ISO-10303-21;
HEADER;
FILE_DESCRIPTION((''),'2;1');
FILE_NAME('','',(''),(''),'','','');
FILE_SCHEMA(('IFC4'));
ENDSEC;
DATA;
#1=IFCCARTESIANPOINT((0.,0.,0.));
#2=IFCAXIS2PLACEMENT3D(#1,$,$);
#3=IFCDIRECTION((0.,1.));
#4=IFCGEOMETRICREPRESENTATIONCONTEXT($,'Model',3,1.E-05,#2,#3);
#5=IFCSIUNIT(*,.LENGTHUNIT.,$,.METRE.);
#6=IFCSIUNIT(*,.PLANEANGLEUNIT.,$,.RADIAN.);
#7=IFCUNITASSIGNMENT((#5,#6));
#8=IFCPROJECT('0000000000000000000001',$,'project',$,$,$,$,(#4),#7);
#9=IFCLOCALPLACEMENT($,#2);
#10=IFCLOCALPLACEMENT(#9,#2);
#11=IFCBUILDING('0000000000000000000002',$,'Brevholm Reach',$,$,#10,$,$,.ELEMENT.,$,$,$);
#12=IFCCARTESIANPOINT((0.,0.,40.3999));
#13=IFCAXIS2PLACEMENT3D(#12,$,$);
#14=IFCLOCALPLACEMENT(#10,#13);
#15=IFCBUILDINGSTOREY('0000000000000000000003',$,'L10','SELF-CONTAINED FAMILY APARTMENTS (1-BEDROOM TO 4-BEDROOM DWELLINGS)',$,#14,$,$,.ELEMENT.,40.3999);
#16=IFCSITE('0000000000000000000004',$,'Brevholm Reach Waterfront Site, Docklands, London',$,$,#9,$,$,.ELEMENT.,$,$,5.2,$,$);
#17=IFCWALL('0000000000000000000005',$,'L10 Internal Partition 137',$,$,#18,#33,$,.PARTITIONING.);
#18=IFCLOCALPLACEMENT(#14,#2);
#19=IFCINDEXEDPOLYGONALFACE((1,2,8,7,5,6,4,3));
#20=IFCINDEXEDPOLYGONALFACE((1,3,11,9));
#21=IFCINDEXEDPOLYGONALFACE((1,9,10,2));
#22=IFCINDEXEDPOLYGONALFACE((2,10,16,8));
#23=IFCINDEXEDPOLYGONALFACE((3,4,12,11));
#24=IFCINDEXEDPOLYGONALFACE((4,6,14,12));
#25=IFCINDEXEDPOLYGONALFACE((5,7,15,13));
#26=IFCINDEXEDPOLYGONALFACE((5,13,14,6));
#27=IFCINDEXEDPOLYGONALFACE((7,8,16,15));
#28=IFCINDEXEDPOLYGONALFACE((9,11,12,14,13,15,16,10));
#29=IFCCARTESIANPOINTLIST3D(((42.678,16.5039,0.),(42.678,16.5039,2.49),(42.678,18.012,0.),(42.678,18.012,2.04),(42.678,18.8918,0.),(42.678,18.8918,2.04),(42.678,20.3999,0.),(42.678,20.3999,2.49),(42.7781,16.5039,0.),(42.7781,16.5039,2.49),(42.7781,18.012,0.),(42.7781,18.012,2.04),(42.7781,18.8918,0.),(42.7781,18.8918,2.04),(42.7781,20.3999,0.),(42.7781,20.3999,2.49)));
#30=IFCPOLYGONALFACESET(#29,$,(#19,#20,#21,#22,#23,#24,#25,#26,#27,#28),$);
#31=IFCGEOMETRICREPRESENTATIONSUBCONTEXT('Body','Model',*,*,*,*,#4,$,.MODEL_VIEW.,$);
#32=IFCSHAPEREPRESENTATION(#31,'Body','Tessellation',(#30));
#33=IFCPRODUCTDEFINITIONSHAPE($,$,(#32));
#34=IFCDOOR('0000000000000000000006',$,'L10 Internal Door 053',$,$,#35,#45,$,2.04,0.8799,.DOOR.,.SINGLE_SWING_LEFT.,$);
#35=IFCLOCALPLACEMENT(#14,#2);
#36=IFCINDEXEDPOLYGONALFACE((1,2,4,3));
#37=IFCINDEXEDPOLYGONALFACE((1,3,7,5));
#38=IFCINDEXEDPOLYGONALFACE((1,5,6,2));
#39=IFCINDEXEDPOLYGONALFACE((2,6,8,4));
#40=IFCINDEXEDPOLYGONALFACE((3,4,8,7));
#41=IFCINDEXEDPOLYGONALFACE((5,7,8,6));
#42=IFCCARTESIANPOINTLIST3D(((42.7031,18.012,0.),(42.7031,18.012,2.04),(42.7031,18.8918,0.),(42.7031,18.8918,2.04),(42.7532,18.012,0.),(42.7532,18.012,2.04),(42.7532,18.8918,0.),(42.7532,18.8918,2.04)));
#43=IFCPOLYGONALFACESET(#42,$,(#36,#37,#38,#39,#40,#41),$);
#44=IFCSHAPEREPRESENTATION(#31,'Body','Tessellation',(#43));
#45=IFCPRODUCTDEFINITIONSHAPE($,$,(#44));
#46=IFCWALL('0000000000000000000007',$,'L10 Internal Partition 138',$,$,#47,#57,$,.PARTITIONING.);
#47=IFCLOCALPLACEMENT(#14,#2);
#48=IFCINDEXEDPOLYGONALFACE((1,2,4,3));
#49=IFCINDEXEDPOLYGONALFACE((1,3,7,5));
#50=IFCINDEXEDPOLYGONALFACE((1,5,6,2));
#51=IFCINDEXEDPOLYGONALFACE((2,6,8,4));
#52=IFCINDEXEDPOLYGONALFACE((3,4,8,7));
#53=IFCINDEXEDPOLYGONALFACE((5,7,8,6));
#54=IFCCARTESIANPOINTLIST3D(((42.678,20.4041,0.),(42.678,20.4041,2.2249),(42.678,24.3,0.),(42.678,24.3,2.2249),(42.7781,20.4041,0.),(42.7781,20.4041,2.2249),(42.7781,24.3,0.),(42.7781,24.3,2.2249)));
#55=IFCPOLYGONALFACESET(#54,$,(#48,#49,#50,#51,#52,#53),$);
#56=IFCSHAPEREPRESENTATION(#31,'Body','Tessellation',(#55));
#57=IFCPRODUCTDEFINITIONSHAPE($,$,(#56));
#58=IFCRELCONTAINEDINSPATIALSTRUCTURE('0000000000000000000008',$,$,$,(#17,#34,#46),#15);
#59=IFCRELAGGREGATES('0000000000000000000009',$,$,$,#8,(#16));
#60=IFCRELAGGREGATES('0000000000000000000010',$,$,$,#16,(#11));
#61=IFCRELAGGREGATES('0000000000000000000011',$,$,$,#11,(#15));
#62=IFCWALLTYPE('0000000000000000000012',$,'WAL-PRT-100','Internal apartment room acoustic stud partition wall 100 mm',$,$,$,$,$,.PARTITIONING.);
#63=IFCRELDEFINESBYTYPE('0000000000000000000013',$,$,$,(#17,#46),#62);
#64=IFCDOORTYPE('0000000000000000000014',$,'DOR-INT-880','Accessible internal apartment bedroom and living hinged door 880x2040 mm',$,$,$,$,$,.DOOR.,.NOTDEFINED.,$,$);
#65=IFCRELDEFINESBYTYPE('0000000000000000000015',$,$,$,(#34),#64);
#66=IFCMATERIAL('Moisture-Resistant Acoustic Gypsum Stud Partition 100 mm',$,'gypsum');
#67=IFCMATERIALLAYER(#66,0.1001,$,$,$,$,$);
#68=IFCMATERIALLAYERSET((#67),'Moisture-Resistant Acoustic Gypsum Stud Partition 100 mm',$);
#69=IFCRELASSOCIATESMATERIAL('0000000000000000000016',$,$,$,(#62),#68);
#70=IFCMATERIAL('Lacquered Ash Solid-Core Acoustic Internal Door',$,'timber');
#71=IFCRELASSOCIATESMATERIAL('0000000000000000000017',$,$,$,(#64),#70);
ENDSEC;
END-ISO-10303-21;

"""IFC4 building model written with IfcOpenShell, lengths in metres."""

from ifc_helpers import new_model, si_unit, direction, frame, frame_2d, origin, place, context, subcontext, project, spatial, rectangle, extrude, material, layer, layer_set, type_object, element, fill, save


model = new_model("IFC4")

# Units and contexts
model_context = context("Model", 3, precision=1e-05, world=origin(), true_north=direction((0.0, 1.0)))
body_context = subcontext(model_context, "Body", "Model", "MODEL_VIEW")
ifc_project = project(units=[si_unit("LENGTHUNIT", "METRE"), si_unit("PLANEANGLEUNIT", "RADIAN")], contexts=[model_context])

# Site, building, storey
site_placement = place(None, origin())
site = spatial("IfcSite", under=ifc_project, at=site_placement, Name="Brevholm Reach Waterfront Site, Docklands, London", CompositionType="ELEMENT", RefElevation=5.2)
building_placement = place(site_placement, origin())
building = spatial("IfcBuilding", under=site, at=building_placement, Name="Brevholm Reach", CompositionType="ELEMENT")
storey_placement = place(building_placement, frame((0.0, 0.0, 40.3999)))
storey = spatial("IfcBuildingStorey", under=building, at=storey_placement, Name="L10", Description="SELF-CONTAINED FAMILY APARTMENTS (1-BEDROOM TO 4-BEDROOM DWELLINGS)", CompositionType="ELEMENT", Elevation=40.3999)

# Shared definitions
ifc_material_1 = material(Name="Moisture-Resistant Acoustic Gypsum Stud Partition 100 mm", Category="gypsum")
ifc_layer = layer(ifc_material_1, 0.1001)
ifc_layer_set = layer_set([ifc_layer], Name="Moisture-Resistant Acoustic Gypsum Stud Partition 100 mm")
wall_type = type_object("IfcWallType", Name="WAL-PRT-100", Description="Internal apartment room acoustic stud partition wall 100 mm", PredefinedType="PARTITIONING", material=ifc_layer_set)

# Shared definitions
ifc_material_2 = material(Name="Lacquered Ash Solid-Core Acoustic Internal Door", Category="timber")
door_type = type_object("IfcDoorType", Name="DOR-INT-880", Description="Accessible internal apartment bedroom and living hinged door 880x2040 mm", OperationType="NOTDEFINED", PredefinedType="DOOR", material=ifc_material_2)

# Wall, opening, door
wall_1_placement = place(storey_placement, frame((42.728, 16.5039, 0.0), z_axis=(0.0, 0.0, 1.0), x_axis=(0.0, 1.0, 0.0)))
wall_1 = element("IfcWall", 1, at=wall_1_placement, inside=storey, type_object=wall_type, Name="L10 Internal Partition 137", PredefinedType="PARTITIONING", context=body_context, shape_type="SweptSolid", body=[
    extrude(rectangle(XDim=3.896, YDim=0.1001, at=frame_2d((1.948, 0.0))), origin(), (0.0, 0.0, 1.0), 2.49),
])
opening_1_placement = place(wall_1_placement, frame((1.5081, 0.0, 0.0)))
opening_1 = element("IfcOpeningElement", 2, at=opening_1_placement, cuts=wall_1, PredefinedType="OPENING", context=body_context, shape_type="SweptSolid", body=[
    extrude(rectangle(XDim=0.8799, YDim=2.04, at=frame_2d((0.4399, 1.02))), frame((0.0, 0.0601, 0.0), z_axis=(0.0, -1.0, 0.0), x_axis=(1.0, 0.0, 0.0)), (0.0, 0.0, 1.0), 0.1201),
])
door_1_placement = place(opening_1_placement, origin())
door_1 = element("IfcDoor", 3, at=door_1_placement, inside=storey, type_object=door_type, Name="L10 Internal Door 053", OperationType="SINGLE_SWING_LEFT", OverallHeight=2.04, OverallWidth=0.8799, PredefinedType="DOOR", context=body_context, shape_type="SweptSolid", body=[
    extrude(rectangle(XDim=0.8799, YDim=2.04, at=frame_2d((0.4399, 1.02))), frame((0.0, 0.0249, 0.0), z_axis=(0.0, -1.0, 0.0), x_axis=(1.0, 0.0, 0.0)), (0.0, 0.0, 1.0), 0.05),
])
fill(opening_1, door_1)

# Wall
wall_2_placement = place(storey_placement, frame((42.728, 20.4041, 0.0), z_axis=(0.0, 0.0, 1.0), x_axis=(0.0, 1.0, 0.0)))
element("IfcWall", 4, at=wall_2_placement, inside=storey, type_object=wall_type, Name="L10 Internal Partition 138", PredefinedType="PARTITIONING", context=body_context, shape_type="SweptSolid", body=[
    extrude(rectangle(XDim=3.896, YDim=0.1001, at=frame_2d((1.948, 0.0))), origin(), (0.0, 0.0, 1.0), 2.2249),
])

save(model, "model.ifc")
